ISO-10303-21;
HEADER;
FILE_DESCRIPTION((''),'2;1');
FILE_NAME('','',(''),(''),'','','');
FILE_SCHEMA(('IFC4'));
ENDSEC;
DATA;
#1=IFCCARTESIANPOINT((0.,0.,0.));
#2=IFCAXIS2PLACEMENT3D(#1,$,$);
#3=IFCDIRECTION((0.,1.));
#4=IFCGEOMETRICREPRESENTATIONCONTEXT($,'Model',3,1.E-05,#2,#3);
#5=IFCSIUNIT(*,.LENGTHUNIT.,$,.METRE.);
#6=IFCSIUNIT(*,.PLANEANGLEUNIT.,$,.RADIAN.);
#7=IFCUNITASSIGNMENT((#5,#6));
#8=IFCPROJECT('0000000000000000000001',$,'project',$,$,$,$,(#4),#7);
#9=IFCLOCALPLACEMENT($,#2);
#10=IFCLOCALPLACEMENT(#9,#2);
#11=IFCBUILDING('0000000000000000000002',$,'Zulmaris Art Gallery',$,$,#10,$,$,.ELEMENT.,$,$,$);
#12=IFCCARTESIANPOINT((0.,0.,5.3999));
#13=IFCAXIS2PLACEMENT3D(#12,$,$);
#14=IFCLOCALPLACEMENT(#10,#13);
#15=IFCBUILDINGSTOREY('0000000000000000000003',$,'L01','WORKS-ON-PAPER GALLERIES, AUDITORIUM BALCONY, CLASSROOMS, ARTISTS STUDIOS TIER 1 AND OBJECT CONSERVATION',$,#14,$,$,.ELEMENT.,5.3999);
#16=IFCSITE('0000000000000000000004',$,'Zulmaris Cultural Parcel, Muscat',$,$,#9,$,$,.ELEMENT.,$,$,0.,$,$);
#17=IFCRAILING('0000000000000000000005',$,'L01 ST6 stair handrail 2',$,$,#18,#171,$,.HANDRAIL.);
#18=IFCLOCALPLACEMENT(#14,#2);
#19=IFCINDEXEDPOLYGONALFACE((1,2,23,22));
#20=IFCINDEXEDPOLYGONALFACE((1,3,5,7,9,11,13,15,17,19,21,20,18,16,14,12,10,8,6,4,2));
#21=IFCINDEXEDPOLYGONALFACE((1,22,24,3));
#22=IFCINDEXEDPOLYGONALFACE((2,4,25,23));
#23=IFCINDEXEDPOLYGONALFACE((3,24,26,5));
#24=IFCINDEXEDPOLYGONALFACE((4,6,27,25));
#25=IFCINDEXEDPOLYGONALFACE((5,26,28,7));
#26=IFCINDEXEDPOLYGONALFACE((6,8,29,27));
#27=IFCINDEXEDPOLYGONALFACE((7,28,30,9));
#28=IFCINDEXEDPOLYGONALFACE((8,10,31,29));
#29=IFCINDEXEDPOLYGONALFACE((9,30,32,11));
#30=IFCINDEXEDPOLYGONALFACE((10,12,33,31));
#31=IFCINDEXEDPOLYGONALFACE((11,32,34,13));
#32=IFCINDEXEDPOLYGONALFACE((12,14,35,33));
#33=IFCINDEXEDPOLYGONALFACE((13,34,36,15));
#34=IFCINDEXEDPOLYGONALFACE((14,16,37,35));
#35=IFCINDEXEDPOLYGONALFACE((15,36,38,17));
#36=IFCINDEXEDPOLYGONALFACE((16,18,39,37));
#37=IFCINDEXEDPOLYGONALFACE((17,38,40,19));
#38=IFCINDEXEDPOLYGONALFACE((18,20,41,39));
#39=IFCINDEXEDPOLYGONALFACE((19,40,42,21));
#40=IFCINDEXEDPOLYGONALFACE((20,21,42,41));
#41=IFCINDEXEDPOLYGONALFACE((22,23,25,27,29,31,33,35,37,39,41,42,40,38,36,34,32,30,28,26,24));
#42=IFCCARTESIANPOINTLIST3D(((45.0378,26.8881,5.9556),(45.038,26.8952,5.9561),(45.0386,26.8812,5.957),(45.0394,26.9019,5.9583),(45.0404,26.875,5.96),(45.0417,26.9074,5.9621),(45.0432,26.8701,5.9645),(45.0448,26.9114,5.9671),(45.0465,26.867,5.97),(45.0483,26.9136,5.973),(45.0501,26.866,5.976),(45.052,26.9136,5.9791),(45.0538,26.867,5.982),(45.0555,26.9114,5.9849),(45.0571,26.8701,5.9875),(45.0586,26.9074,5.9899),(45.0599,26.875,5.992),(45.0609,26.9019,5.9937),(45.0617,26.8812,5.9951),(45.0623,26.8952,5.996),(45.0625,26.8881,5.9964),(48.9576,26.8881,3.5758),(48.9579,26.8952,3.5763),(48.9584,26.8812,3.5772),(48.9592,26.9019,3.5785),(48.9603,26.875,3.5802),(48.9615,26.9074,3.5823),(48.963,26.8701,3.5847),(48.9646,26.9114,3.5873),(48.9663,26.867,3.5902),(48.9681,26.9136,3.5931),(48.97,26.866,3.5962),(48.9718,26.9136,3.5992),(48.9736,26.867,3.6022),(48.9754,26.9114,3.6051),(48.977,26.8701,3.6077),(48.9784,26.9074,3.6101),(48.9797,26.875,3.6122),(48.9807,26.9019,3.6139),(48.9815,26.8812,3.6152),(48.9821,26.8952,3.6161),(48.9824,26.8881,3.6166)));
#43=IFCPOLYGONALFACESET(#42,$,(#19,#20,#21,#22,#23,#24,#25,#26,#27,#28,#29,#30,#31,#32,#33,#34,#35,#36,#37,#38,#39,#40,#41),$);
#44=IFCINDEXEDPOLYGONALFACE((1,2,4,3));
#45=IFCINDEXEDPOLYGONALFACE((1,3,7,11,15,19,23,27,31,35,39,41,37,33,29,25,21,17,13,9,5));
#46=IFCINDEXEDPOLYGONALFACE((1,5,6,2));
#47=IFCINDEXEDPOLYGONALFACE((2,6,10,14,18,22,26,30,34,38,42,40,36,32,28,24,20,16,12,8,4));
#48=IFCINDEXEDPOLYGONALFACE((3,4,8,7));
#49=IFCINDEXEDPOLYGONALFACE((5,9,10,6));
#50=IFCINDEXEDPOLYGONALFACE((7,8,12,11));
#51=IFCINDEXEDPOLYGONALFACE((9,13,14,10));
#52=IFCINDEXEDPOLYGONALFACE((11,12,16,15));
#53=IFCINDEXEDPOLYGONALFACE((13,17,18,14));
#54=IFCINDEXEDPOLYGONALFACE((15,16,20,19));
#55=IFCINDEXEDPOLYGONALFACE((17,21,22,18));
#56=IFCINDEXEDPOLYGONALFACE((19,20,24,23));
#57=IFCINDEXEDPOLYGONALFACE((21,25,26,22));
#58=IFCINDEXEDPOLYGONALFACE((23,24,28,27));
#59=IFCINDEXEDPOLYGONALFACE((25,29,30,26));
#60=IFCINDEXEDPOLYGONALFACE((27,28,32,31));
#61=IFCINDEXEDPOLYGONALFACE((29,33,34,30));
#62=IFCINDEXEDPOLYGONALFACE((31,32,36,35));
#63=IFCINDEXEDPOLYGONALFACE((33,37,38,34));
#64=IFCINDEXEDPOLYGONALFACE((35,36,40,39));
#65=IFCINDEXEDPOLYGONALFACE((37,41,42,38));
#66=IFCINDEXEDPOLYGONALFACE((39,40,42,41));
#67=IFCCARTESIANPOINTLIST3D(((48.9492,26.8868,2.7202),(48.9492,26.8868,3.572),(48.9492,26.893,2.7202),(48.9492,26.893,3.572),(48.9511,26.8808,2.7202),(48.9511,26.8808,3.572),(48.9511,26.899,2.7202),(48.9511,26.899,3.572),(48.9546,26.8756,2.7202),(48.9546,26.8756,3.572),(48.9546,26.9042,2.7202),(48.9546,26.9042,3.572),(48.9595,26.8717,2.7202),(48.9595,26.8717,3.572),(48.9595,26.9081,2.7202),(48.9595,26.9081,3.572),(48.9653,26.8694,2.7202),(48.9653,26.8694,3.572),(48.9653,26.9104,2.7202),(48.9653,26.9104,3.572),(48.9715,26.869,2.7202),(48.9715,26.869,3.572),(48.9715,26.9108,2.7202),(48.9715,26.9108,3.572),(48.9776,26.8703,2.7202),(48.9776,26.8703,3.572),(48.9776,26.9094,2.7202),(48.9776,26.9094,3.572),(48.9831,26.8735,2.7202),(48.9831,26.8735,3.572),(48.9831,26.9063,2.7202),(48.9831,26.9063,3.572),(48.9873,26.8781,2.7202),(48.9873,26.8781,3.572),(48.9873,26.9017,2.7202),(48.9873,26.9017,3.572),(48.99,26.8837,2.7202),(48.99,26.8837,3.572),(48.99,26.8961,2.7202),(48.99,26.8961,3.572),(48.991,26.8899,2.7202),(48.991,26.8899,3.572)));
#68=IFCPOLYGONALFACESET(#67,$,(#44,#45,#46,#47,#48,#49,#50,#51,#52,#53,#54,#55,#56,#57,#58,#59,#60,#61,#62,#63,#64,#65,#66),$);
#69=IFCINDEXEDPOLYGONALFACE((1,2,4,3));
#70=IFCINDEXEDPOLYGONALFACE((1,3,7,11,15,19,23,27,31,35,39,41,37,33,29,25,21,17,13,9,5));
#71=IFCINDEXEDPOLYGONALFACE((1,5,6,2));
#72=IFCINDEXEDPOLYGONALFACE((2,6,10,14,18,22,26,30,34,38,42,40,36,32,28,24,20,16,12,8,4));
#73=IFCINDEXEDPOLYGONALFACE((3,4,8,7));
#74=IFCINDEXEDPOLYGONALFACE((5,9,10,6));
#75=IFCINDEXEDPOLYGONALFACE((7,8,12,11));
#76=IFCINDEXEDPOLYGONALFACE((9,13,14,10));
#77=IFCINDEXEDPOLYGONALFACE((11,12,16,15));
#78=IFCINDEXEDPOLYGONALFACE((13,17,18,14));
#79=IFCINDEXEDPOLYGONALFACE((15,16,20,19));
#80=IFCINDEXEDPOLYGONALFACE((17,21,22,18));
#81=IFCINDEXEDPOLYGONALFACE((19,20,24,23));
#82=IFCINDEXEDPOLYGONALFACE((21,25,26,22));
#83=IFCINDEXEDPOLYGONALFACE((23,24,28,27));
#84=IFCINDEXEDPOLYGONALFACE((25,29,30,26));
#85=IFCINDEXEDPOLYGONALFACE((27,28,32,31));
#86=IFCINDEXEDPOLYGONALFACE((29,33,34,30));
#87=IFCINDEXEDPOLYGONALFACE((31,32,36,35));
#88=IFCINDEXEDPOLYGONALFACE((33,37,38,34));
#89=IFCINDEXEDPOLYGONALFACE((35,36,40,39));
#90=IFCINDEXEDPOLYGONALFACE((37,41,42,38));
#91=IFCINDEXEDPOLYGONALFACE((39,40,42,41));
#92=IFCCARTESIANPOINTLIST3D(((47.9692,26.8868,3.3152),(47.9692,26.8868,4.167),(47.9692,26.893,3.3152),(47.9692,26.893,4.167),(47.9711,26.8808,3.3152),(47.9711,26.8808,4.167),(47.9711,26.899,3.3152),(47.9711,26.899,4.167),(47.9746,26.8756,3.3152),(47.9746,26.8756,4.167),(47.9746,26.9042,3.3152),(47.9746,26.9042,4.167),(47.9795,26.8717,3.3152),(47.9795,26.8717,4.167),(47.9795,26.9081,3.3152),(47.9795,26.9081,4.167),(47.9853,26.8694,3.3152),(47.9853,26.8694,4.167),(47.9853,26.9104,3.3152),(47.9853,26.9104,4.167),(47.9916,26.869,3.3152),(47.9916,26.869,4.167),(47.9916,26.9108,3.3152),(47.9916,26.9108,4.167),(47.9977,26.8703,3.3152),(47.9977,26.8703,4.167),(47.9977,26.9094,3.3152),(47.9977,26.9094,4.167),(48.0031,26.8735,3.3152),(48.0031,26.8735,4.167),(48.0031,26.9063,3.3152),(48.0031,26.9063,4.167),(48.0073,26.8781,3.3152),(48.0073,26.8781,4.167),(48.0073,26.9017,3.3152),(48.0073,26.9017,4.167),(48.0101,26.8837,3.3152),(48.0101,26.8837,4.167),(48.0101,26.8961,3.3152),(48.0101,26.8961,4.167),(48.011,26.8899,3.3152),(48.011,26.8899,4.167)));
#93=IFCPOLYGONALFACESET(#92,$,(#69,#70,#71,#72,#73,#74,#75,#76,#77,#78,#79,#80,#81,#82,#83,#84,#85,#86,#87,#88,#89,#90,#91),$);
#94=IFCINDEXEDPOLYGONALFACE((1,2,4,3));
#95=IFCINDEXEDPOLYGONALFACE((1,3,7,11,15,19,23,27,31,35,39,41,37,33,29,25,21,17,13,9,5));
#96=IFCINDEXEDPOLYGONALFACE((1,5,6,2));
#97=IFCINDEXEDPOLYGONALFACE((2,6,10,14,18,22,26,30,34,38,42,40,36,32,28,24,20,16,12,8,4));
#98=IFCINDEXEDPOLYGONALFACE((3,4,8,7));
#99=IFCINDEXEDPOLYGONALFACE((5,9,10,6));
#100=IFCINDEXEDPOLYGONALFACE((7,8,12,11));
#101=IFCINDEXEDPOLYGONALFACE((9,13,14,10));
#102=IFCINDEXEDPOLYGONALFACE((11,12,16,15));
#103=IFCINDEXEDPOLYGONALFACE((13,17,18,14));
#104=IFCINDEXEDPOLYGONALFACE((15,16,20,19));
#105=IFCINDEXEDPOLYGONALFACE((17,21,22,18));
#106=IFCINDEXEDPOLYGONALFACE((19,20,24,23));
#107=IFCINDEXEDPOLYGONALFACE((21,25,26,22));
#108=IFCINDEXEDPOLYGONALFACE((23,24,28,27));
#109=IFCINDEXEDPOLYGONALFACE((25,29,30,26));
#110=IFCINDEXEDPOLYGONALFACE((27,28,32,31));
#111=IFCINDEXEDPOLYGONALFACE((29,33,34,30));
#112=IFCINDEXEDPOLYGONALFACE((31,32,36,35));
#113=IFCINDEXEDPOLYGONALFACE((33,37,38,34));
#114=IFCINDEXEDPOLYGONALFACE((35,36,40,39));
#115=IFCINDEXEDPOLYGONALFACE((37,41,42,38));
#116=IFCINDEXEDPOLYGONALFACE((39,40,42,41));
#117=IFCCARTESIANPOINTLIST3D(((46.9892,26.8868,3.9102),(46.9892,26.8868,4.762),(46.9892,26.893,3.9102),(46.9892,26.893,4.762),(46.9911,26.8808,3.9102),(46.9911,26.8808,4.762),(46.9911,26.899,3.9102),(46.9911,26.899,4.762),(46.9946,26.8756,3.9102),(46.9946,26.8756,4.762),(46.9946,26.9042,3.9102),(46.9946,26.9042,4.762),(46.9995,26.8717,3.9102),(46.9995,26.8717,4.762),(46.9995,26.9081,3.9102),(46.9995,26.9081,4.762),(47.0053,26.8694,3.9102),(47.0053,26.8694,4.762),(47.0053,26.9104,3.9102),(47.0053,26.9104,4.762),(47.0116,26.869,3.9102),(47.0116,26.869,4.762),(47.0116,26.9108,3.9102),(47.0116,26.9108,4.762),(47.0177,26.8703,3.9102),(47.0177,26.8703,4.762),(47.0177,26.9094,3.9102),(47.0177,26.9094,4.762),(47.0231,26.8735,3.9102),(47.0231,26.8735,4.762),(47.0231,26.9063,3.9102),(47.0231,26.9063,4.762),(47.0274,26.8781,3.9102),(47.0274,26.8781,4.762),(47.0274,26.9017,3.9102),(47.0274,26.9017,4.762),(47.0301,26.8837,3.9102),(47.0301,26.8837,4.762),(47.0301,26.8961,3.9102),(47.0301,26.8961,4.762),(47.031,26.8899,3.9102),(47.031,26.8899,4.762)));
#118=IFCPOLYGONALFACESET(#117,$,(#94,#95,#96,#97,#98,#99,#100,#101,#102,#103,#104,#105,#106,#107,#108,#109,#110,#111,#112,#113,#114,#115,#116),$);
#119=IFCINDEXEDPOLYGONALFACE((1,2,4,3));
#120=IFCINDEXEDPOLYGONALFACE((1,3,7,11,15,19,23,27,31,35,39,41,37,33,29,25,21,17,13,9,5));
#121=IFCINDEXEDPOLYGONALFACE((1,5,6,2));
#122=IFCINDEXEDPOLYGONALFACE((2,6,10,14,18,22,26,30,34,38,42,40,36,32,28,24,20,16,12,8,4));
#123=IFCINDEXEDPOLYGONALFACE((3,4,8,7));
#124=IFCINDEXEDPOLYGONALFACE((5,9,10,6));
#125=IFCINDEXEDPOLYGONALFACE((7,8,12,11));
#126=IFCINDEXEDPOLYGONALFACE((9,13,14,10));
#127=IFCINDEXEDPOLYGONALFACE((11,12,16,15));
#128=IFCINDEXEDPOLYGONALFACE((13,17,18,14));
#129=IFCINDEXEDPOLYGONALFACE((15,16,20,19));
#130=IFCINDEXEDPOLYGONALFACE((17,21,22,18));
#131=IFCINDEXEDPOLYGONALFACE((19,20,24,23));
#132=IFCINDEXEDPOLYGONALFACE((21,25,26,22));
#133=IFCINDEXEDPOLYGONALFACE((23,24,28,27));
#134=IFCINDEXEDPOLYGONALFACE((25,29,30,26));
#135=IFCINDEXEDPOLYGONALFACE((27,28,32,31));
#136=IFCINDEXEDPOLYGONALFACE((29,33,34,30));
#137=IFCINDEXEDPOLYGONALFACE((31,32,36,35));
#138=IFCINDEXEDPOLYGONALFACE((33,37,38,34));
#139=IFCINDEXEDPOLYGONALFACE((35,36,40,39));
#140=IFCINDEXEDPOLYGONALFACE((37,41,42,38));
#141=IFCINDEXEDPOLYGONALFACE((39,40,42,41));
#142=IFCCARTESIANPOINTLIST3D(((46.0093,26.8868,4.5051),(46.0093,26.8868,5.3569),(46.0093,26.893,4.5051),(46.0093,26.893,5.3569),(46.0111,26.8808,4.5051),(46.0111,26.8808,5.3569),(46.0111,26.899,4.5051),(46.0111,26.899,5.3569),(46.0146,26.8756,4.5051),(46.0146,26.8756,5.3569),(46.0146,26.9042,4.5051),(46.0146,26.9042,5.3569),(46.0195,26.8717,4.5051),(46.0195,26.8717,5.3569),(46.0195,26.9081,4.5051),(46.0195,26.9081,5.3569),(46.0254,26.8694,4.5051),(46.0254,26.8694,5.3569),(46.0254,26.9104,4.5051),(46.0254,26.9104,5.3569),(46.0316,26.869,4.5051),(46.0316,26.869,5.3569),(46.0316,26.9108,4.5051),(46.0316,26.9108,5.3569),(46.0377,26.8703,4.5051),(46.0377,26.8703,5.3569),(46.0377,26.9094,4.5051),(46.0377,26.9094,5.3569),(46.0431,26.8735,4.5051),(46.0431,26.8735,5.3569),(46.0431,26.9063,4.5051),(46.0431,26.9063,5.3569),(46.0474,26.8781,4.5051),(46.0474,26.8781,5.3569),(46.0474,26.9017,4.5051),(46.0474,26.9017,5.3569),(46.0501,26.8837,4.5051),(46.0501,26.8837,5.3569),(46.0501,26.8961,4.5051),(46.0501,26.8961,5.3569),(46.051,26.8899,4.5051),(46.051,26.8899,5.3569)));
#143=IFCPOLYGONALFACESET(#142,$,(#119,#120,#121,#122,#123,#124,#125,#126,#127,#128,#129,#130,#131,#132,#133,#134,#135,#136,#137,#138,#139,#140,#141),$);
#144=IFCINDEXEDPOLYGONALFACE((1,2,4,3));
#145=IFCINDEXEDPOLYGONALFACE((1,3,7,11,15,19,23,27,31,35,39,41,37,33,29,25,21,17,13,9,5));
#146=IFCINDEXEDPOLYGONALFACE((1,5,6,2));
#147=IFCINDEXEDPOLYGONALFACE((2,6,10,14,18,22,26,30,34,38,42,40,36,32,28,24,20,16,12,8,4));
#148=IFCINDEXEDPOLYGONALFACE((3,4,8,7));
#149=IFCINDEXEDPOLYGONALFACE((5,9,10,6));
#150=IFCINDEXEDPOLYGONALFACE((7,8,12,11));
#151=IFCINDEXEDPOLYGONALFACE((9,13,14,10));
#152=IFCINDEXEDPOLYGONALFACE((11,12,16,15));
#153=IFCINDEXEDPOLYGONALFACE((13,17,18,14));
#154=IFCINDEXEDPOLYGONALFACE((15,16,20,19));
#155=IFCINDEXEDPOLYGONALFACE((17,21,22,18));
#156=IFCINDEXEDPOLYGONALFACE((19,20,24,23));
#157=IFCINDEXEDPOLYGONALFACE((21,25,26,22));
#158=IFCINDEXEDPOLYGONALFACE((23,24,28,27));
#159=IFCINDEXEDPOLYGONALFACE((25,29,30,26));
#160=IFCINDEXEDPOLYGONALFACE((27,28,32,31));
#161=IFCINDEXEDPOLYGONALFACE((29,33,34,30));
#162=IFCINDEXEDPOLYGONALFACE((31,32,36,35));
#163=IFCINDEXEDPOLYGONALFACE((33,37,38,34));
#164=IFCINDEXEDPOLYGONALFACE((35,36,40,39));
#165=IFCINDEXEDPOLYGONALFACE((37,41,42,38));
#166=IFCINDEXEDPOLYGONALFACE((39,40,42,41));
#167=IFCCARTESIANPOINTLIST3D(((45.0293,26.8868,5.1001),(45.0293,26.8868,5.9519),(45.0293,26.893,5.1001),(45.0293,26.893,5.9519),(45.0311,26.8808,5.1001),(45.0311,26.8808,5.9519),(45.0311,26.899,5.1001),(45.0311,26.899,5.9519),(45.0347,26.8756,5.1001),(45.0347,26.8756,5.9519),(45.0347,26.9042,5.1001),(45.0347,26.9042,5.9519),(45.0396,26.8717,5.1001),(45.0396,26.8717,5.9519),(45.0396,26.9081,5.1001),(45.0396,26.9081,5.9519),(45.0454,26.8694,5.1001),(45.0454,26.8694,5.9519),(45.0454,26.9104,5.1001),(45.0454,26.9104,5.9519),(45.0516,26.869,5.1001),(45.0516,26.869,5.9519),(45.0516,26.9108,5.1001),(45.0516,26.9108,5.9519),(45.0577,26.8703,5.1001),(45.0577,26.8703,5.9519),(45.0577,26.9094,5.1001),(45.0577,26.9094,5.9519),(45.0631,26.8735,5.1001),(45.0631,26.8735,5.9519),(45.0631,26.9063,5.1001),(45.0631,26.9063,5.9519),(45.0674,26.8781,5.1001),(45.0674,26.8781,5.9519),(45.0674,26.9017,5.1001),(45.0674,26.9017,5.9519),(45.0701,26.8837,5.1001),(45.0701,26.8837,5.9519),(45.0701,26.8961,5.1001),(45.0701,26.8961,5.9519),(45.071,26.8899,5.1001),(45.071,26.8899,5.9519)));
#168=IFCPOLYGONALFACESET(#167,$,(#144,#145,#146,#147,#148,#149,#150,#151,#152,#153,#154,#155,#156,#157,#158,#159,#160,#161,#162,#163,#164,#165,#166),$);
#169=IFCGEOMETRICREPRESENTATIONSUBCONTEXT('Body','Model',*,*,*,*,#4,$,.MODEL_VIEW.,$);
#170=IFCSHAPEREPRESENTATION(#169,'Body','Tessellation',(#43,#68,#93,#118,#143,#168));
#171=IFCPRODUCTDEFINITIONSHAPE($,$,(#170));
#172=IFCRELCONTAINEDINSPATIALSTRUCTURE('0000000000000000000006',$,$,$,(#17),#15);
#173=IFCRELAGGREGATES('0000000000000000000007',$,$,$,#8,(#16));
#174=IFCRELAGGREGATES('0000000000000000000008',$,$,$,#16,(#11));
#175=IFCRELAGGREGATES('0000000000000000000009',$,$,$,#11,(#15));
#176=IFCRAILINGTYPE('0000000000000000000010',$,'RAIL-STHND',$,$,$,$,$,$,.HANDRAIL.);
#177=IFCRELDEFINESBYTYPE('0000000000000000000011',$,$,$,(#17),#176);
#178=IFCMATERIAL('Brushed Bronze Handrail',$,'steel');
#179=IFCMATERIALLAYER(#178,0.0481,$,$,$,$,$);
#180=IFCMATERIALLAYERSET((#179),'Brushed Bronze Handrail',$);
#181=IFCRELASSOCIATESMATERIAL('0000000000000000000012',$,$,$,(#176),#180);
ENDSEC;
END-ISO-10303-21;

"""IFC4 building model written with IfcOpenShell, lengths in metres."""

from ifc_helpers import new_model, si_unit, direction, frame, origin, origin_2d, place, context, subcontext, project, spatial, circle, extrude, material, layer, layer_set, type_object, element, save


model = new_model("IFC4")

# Units and contexts
model_context = context("Model", 3, precision=1e-05, world=origin(), true_north=direction((0.0, 1.0)))
body_context = subcontext(model_context, "Body", "Model", "MODEL_VIEW")
ifc_project = project(units=[si_unit("LENGTHUNIT", "METRE"), si_unit("PLANEANGLEUNIT", "RADIAN")], contexts=[model_context])

# Site, building, storey
site_placement = place(None, origin())
site = spatial("IfcSite", under=ifc_project, at=site_placement, Name="Zulmaris Cultural Parcel, Muscat", CompositionType="ELEMENT", RefElevation=0.0)
building_placement = place(site_placement, origin())
building = spatial("IfcBuilding", under=site, at=building_placement, Name="Zulmaris Art Gallery", CompositionType="ELEMENT")
storey_placement = place(building_placement, frame((0.0, 0.0, 5.3999)))
storey = spatial("IfcBuildingStorey", under=building, at=storey_placement, Name="L01", Description="WORKS-ON-PAPER GALLERIES, AUDITORIUM BALCONY, CLASSROOMS, ARTISTS STUDIOS TIER 1 AND OBJECT CONSERVATION", CompositionType="ELEMENT", Elevation=5.3999)

# Railing
ifc_material_1 = material(Name="Brushed Bronze Handrail", Category="steel")
ifc_layer_1 = layer(ifc_material_1, 0.0481)
ifc_layer_set_1 = layer_set([ifc_layer_1], Name="Brushed Bronze Handrail")
railing_type_1 = type_object("IfcRailingType", Name="RAIL-STHND", PredefinedType="HANDRAIL", material=ifc_layer_set_1)
for number, where, name in (
    (1, (48.97, 26.8899, 2.7202), "L01 ST6 stair handrail 2"),
):
    element("IfcRailing", number, at=place(storey_placement, frame(where)), inside=storey, type_object=railing_type_1, Name=name, PredefinedType="HANDRAIL", context=body_context, shape_type="SweptSolid", body=[
        extrude(circle(Radius=0.0239, at=origin_2d()), frame((0.0, 0.0, 0.876), z_axis=(-0.854794, 0.0, 0.518967), x_axis=(0.0, -1.0, 0.0)), (0.0, 0.0, 1.0), 4.5857),
        extrude(circle(Radius=0.021, at=origin_2d()), origin(), (0.0, 0.0, 1.0), 0.8518),
        extrude(circle(Radius=0.021, at=origin_2d()), frame((-0.98, 0.0, 0.595)), (0.0, 0.0, 1.0), 0.8518),
        extrude(circle(Radius=0.021, at=origin_2d()), frame((-1.96, 0.0, 1.1899)), (0.0, 0.0, 1.0), 0.8518),
        extrude(circle(Radius=0.021, at=origin_2d()), frame((-2.9399, 0.0, 1.7849)), (0.0, 0.0, 1.0), 0.8518),
        extrude(circle(Radius=0.021, at=origin_2d()), frame((-3.9199, 0.0, 2.3799)), (0.0, 0.0, 1.0), 0.8518),
    ])

save(model, "model.ifc")
